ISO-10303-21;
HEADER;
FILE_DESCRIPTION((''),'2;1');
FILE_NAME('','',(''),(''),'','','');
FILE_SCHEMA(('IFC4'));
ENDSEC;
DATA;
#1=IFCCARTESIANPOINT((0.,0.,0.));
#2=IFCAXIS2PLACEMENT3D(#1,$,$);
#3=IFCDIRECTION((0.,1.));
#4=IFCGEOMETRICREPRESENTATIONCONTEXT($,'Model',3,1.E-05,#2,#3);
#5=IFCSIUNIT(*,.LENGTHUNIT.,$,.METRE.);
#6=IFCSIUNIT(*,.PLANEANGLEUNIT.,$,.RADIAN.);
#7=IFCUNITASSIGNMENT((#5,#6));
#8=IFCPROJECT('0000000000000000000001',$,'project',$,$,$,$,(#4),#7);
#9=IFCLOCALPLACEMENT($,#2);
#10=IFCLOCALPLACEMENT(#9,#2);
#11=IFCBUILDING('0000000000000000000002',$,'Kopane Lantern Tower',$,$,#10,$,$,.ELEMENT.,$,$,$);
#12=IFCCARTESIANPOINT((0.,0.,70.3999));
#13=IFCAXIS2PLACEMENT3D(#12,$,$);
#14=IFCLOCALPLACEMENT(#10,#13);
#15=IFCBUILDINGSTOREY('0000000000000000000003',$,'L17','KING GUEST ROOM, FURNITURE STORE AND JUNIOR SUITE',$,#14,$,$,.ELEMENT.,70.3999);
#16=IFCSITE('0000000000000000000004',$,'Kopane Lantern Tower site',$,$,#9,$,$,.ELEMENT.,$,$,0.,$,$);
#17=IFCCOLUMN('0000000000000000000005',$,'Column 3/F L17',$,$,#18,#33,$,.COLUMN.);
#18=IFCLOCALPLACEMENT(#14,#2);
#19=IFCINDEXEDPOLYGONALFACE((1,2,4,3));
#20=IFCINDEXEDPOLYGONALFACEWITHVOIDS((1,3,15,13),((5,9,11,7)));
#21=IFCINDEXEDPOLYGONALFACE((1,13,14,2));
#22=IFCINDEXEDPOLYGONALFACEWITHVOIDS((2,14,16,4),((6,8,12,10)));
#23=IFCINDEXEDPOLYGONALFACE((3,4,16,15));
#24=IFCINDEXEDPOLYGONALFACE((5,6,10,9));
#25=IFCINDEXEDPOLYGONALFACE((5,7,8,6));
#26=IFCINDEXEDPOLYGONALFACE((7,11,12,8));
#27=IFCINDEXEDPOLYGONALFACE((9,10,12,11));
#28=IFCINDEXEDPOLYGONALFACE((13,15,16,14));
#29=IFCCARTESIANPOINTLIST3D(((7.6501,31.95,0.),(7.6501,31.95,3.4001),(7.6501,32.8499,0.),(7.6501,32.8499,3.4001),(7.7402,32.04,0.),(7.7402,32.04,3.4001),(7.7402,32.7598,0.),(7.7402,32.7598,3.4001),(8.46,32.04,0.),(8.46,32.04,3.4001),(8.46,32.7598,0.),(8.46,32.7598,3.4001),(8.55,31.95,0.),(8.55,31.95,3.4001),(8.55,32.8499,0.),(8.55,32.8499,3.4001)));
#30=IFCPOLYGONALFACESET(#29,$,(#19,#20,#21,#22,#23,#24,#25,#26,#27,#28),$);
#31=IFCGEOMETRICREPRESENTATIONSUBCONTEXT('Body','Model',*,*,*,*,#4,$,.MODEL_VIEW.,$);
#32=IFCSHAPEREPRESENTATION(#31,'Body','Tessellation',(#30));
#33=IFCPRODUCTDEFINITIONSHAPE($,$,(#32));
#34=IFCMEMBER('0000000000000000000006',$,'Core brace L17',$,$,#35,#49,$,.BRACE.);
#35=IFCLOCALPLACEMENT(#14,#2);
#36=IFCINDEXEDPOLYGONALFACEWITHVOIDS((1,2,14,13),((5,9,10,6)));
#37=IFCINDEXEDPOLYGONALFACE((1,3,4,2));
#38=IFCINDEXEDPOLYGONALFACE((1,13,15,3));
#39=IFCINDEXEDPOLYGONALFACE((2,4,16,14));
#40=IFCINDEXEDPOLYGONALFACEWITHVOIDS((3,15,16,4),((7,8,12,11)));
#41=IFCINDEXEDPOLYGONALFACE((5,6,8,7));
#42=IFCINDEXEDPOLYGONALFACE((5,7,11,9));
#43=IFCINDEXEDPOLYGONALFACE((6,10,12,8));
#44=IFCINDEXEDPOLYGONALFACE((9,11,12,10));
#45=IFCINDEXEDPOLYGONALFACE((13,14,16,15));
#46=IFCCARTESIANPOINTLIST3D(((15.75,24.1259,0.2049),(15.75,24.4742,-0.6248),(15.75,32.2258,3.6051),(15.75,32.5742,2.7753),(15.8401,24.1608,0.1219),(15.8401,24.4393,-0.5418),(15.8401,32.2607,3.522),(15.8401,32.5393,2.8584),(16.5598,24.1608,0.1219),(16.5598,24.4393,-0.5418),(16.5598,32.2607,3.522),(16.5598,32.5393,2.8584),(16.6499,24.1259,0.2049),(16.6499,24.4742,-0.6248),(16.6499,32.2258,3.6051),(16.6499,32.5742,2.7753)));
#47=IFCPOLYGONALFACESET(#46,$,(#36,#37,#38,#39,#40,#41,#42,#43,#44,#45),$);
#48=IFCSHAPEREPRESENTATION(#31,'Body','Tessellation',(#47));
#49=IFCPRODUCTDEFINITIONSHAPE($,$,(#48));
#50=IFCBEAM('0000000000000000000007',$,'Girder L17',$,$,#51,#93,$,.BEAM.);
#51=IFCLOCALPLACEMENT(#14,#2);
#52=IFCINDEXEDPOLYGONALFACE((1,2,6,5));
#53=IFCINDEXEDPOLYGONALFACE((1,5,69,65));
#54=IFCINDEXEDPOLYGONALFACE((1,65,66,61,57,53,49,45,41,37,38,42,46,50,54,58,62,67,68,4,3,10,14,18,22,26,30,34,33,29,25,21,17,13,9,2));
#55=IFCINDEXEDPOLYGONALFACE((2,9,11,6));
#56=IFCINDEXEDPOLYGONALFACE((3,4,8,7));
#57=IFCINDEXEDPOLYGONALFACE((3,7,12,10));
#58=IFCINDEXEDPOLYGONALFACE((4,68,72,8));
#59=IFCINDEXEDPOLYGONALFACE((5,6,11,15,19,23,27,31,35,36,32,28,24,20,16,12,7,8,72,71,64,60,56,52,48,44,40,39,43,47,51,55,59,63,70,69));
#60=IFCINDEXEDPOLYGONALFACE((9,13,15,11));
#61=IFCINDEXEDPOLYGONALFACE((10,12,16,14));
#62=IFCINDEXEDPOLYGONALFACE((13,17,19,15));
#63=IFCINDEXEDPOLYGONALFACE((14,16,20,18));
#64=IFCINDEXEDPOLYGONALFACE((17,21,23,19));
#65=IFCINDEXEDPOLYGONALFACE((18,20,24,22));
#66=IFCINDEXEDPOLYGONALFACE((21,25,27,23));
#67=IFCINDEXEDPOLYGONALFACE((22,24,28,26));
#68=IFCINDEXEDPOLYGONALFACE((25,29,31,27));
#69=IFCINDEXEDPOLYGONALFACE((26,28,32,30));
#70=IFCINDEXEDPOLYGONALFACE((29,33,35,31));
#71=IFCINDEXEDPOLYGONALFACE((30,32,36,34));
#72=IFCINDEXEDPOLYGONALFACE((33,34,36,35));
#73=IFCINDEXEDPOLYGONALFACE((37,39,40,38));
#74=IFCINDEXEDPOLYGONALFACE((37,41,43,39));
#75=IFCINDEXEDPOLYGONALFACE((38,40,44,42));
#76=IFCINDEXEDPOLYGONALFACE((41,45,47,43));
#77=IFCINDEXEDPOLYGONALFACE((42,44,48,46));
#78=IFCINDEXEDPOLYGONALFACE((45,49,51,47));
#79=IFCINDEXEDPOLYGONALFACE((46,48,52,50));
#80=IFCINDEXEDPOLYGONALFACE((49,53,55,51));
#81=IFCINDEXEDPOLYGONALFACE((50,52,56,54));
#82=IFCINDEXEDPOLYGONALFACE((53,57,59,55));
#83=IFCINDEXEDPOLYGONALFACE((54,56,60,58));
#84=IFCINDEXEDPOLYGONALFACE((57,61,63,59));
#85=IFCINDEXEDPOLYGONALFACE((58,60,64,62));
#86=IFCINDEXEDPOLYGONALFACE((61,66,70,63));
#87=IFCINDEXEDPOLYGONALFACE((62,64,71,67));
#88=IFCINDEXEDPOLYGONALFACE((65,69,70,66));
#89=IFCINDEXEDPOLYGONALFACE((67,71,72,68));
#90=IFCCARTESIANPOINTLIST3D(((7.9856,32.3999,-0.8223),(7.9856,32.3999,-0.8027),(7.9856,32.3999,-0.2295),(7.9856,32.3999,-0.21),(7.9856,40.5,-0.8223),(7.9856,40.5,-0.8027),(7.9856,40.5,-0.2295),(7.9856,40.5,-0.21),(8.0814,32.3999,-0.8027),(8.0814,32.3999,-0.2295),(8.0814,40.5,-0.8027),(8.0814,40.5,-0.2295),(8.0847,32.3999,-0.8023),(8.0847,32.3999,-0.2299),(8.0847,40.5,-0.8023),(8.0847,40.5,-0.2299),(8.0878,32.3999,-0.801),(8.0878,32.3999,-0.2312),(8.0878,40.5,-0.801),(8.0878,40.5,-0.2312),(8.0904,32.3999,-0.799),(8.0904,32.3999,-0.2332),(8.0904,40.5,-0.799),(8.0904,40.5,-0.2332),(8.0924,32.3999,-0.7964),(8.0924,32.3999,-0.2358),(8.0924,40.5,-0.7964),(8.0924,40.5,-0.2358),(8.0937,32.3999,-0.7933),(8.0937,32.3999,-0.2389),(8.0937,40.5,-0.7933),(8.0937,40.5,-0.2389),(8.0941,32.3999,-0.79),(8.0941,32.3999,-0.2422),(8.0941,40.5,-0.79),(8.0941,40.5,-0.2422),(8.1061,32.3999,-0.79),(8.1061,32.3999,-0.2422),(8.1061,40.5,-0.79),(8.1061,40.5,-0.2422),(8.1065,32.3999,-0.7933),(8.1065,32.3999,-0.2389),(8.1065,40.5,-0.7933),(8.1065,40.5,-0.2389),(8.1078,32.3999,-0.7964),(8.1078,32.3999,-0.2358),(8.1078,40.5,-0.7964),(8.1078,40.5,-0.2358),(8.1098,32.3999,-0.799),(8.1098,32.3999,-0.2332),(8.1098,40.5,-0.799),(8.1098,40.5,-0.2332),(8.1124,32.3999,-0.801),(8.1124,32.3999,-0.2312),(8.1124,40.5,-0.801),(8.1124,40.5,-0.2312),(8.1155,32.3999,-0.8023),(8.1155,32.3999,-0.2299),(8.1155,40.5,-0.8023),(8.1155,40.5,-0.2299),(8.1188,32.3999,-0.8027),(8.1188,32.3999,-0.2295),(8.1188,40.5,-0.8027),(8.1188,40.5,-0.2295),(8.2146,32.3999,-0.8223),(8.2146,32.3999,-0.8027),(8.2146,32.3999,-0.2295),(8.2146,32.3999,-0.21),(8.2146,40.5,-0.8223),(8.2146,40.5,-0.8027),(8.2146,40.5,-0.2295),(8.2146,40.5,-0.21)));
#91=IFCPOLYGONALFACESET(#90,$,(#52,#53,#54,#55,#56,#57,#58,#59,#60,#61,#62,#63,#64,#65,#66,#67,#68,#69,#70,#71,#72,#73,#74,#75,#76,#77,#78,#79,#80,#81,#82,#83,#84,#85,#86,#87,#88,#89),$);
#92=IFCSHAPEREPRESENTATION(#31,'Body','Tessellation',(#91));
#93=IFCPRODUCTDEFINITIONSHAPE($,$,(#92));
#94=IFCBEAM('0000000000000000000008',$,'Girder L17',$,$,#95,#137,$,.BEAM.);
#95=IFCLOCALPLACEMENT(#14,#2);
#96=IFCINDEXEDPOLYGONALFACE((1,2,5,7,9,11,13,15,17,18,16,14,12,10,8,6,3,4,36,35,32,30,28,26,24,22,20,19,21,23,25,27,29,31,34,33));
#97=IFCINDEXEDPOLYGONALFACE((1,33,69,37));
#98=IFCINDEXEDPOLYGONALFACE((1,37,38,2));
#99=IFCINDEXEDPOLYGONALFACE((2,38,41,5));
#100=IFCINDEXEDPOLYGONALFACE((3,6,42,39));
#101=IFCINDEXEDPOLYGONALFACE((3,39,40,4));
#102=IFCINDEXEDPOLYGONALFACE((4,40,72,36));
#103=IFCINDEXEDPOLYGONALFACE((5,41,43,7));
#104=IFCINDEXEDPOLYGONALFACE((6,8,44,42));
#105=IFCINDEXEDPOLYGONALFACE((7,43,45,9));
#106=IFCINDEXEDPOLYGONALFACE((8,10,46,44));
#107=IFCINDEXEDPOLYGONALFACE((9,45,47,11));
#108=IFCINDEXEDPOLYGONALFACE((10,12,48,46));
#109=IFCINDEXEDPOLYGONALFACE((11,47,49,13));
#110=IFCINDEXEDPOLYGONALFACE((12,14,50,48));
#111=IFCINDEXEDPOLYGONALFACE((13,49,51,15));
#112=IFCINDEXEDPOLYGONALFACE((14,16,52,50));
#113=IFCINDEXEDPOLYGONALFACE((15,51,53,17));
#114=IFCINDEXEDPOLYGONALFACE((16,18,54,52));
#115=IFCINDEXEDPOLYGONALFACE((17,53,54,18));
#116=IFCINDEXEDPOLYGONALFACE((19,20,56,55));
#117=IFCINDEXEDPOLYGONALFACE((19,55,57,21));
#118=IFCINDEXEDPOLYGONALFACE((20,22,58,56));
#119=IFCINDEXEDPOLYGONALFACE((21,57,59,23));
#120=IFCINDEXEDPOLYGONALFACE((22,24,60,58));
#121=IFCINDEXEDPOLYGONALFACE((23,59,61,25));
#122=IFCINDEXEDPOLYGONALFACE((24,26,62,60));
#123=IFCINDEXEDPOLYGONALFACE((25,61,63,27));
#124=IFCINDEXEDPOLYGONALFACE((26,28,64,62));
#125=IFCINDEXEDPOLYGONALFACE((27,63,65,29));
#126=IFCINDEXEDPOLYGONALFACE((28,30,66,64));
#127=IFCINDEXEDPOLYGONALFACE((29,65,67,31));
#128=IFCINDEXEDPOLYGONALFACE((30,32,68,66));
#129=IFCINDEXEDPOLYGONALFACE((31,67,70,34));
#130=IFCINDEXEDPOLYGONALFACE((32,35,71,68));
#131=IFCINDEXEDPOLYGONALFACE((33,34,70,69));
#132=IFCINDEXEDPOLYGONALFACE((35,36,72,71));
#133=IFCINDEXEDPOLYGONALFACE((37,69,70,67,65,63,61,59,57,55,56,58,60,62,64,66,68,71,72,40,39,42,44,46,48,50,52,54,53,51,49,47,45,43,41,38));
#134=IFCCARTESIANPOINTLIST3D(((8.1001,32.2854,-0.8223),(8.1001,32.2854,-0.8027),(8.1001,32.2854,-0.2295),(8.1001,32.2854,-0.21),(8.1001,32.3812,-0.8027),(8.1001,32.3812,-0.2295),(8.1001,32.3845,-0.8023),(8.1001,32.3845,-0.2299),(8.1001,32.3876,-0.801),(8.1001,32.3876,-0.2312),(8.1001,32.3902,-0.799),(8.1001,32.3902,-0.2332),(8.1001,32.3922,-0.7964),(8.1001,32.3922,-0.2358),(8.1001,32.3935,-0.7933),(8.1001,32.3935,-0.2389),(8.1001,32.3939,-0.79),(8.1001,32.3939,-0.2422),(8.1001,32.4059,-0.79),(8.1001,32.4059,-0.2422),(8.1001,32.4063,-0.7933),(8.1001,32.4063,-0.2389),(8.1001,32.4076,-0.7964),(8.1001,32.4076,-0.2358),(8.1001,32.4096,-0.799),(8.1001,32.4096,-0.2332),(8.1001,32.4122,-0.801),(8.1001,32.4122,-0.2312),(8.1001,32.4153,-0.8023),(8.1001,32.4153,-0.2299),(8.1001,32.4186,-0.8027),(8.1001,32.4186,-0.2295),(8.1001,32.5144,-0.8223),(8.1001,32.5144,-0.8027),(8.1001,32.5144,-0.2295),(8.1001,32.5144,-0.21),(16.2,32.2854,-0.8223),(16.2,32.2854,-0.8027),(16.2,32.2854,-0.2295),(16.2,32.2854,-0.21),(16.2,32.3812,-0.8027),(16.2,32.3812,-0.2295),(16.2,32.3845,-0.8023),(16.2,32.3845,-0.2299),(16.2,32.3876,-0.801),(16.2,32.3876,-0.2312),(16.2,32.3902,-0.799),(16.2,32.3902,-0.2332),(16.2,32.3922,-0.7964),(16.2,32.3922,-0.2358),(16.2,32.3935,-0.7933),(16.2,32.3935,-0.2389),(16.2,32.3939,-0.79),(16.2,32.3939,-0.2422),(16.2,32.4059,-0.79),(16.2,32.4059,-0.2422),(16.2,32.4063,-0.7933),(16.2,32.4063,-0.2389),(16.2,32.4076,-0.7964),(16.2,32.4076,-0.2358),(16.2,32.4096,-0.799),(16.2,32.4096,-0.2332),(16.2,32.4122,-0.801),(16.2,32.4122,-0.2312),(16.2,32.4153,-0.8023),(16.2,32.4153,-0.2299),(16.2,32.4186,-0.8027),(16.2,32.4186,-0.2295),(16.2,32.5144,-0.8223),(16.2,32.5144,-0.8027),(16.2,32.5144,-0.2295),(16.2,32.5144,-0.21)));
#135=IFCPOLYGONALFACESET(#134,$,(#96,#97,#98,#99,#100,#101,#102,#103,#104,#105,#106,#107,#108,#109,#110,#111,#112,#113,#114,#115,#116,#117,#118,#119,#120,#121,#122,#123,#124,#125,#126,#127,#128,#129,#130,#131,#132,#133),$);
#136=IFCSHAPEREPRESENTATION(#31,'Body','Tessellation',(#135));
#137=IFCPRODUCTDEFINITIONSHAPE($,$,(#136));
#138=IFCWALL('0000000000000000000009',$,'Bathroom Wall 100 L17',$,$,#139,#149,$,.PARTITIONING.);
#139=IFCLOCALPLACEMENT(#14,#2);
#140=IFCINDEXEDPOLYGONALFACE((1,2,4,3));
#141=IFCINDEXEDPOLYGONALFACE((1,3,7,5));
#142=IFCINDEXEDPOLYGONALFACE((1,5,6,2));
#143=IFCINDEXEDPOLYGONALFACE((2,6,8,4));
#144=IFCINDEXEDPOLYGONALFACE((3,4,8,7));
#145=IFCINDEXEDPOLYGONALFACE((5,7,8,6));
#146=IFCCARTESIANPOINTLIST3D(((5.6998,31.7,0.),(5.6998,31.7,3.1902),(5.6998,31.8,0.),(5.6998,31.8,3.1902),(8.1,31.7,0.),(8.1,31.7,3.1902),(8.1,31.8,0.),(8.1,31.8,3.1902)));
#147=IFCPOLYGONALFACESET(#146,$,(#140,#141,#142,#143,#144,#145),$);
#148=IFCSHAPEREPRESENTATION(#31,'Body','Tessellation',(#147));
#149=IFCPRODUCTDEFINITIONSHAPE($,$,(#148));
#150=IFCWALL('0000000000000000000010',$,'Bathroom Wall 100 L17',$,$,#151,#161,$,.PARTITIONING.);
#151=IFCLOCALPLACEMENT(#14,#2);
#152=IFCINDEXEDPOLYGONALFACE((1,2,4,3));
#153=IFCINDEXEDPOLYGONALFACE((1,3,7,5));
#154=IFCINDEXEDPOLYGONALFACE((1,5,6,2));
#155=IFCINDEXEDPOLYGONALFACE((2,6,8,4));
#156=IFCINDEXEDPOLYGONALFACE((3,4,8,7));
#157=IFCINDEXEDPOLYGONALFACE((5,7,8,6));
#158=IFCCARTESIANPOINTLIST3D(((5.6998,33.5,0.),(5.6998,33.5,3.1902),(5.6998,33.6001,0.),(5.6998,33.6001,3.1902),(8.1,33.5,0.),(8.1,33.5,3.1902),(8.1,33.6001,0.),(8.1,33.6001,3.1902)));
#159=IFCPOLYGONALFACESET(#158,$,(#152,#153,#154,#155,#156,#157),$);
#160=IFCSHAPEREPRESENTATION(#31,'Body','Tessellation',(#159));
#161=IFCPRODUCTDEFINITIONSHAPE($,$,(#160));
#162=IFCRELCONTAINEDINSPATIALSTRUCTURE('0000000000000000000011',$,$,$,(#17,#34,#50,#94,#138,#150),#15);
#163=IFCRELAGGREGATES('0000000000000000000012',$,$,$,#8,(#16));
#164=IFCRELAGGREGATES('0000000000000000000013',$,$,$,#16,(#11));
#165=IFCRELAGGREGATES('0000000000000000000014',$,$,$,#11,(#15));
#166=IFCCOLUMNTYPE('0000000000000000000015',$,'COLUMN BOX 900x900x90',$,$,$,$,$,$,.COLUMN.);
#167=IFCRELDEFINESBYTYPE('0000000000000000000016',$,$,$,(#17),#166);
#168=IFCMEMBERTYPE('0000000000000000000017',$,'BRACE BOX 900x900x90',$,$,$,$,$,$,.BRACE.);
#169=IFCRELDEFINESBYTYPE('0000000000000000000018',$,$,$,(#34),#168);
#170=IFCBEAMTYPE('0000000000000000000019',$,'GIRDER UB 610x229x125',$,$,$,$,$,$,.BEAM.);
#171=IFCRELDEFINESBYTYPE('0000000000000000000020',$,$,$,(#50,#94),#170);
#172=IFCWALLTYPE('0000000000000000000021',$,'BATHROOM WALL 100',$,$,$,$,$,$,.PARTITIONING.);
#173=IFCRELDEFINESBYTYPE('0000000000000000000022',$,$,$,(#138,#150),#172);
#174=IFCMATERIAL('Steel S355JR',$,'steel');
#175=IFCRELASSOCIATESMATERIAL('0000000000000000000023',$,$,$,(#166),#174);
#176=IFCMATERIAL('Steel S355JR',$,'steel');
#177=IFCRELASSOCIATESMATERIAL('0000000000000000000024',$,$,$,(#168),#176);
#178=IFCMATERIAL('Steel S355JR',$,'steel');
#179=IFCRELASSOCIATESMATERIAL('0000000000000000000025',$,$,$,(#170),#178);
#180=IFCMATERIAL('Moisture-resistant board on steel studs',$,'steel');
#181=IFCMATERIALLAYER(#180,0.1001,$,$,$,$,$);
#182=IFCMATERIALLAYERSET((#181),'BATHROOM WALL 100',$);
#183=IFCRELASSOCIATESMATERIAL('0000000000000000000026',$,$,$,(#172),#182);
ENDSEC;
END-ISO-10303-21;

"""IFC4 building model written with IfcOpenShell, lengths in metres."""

from ifc_helpers import new_model, si_unit, direction, frame, frame_2d, origin, origin_2d, place, context, subcontext, project, spatial, rectangle, hollow_rectangle, i_section, extrude, material, layer, layer_set, material_profile, profile_set, type_object, element, save


model = new_model("IFC4")

# Units and contexts
model_context = context("Model", 3, precision=1e-05, world=origin(), true_north=direction((0.0, 1.0)))
body_context = subcontext(model_context, "Body", "Model", "MODEL_VIEW")
ifc_project = project(units=[si_unit("LENGTHUNIT", "METRE"), si_unit("PLANEANGLEUNIT", "RADIAN")], contexts=[model_context])

# Site, building, storey
site_placement = place(None, origin())
site = spatial("IfcSite", under=ifc_project, at=site_placement, Name="Kopane Lantern Tower site", CompositionType="ELEMENT", RefElevation=0.0)
building_placement = place(site_placement, origin())
building = spatial("IfcBuilding", under=site, at=building_placement, Name="Kopane Lantern Tower", CompositionType="ELEMENT")
storey_placement = place(building_placement, frame((0.0, 0.0, 70.3999)))
storey = spatial("IfcBuildingStorey", under=building, at=storey_placement, Name="L17", Description="KING GUEST ROOM, FURNITURE STORE AND JUNIOR SUITE", CompositionType="ELEMENT", Elevation=70.3999)

# Column
ifc_material_1 = material(Name="Steel S355JR", Category="steel")
ifc_material_profile_1 = material_profile(ifc_material_1, hollow_rectangle(XDim=0.8999, YDim=0.8999, WallThickness=0.0901, at=origin_2d()), Name="BOX 900x900x90")
ifc_profile_set_1 = profile_set([ifc_material_profile_1], Name="Steel S355JR")
column_type = type_object("IfcColumnType", Name="COLUMN BOX 900x900x90", PredefinedType="COLUMN", material=ifc_profile_set_1)
column_placement = place(storey_placement, frame((8.1001, 32.3999, 0.0), z_axis=(0.0, 0.0, 1.0), x_axis=(1.0, 0.0, 0.0)))
element("IfcColumn", 1, at=column_placement, inside=storey, type_object=column_type, Name="Column 3/F L17", PredefinedType="COLUMN", context=body_context, shape_type="SweptSolid", body=[
    extrude(hollow_rectangle(XDim=0.8999, YDim=0.8999, WallThickness=0.0901, at=origin_2d()), origin(), (0.0, 0.0, 1.0), 3.4001),
])

# Member
ifc_material_2 = material(Name="Steel S355JR", Category="steel")
ifc_material_profile_2 = material_profile(ifc_material_2, hollow_rectangle(XDim=0.8999, YDim=0.8999, WallThickness=0.0901, at=origin_2d()), Name="BOX 900x900x90")
ifc_profile_set_2 = profile_set([ifc_material_profile_2], Name="Steel S355JR")
member_type = type_object("IfcMemberType", Name="BRACE BOX 900x900x90", PredefinedType="BRACE", material=ifc_profile_set_2)
member_placement = place(storey_placement, frame((16.2, 24.3, -0.21), z_axis=(0.0, 0.922055, 0.387059), x_axis=(-1.0, 0.0, 0.0)))
element("IfcMember", 2, at=member_placement, inside=storey, type_object=member_type, Name="Core brace L17", PredefinedType="BRACE", context=body_context, shape_type="SweptSolid", body=[
    extrude(hollow_rectangle(XDim=0.8999, YDim=0.8999, WallThickness=0.0901, at=origin_2d()), origin(), (0.0, 0.0, 1.0), 8.7847),
])

# Beams
ifc_material_3 = material(Name="Steel S355JR", Category="steel")
ifc_material_profile_3 = material_profile(ifc_material_3, i_section(OverallWidth=0.229, OverallDepth=0.6123, WebThickness=0.012, FlangeThickness=0.0195, FilletRadius=0.0127, at=origin_2d()), Name="UB 610x229x125")
ifc_profile_set_3 = profile_set([ifc_material_profile_3], Name="Steel S355JR")
beam_type = type_object("IfcBeamType", Name="GIRDER UB 610x229x125", PredefinedType="BEAM", material=ifc_profile_set_3)
beam_1_placement = place(storey_placement, frame((8.1001, 32.3999, -0.5161), z_axis=(0.0, 1.0, 0.0), x_axis=(-1.0, 0.0, 0.0)))
element("IfcBeam", 3, at=beam_1_placement, inside=storey, type_object=beam_type, Name="Girder L17", PredefinedType="BEAM", context=body_context, shape_type="SweptSolid", body=[
    extrude(i_section(OverallWidth=0.229, OverallDepth=0.6123, WebThickness=0.012, FlangeThickness=0.0195, FilletRadius=0.0127, at=origin_2d()), origin(), (0.0, 0.0, 1.0), 8.1001),
])
beam_2_placement = place(storey_placement, frame((8.1001, 32.3999, -0.5161), z_axis=(1.0, 0.0, 0.0), x_axis=(0.0, 1.0, 0.0)))
element("IfcBeam", 4, at=beam_2_placement, inside=storey, type_object=beam_type, Name="Girder L17", PredefinedType="BEAM", context=body_context, shape_type="SweptSolid", body=[
    extrude(i_section(OverallWidth=0.229, OverallDepth=0.6123, WebThickness=0.012, FlangeThickness=0.0195, FilletRadius=0.0127, at=origin_2d()), origin(), (0.0, 0.0, 1.0), 8.0999),
])

# Walls
ifc_material_4 = material(Name="Moisture-resistant board on steel studs", Category="steel")
ifc_layer_1 = layer(ifc_material_4, 0.1001)
ifc_layer_set_1 = layer_set([ifc_layer_1], Name="BATHROOM WALL 100")
wall_type_1 = type_object("IfcWallType", Name="BATHROOM WALL 100", PredefinedType="PARTITIONING", material=ifc_layer_set_1)
for number, where, z_axis, x_axis, name in (
    (5, (8.1001, 31.75, 0.0), (0.0, 0.0, 1.0), (-1.0, 0.0, 0.0), "Bathroom Wall 100 L17"),
    (6, (8.1001, 33.55, 0.0), (0.0, 0.0, 1.0), (-1.0, 0.0, 0.0), "Bathroom Wall 100 L17"),
):
    element("IfcWall", number, at=place(storey_placement, frame(where, z_axis=z_axis, x_axis=x_axis)), inside=storey, type_object=wall_type_1, Name=name, PredefinedType="PARTITIONING", context=body_context, shape_type="SweptSolid", body=[
        extrude(rectangle(XDim=2.4001, YDim=0.1001, at=frame_2d((1.2002, 0.0))), origin(), (0.0, 0.0, 1.0), 3.1902),
    ])

save(model, "model.ifc")
